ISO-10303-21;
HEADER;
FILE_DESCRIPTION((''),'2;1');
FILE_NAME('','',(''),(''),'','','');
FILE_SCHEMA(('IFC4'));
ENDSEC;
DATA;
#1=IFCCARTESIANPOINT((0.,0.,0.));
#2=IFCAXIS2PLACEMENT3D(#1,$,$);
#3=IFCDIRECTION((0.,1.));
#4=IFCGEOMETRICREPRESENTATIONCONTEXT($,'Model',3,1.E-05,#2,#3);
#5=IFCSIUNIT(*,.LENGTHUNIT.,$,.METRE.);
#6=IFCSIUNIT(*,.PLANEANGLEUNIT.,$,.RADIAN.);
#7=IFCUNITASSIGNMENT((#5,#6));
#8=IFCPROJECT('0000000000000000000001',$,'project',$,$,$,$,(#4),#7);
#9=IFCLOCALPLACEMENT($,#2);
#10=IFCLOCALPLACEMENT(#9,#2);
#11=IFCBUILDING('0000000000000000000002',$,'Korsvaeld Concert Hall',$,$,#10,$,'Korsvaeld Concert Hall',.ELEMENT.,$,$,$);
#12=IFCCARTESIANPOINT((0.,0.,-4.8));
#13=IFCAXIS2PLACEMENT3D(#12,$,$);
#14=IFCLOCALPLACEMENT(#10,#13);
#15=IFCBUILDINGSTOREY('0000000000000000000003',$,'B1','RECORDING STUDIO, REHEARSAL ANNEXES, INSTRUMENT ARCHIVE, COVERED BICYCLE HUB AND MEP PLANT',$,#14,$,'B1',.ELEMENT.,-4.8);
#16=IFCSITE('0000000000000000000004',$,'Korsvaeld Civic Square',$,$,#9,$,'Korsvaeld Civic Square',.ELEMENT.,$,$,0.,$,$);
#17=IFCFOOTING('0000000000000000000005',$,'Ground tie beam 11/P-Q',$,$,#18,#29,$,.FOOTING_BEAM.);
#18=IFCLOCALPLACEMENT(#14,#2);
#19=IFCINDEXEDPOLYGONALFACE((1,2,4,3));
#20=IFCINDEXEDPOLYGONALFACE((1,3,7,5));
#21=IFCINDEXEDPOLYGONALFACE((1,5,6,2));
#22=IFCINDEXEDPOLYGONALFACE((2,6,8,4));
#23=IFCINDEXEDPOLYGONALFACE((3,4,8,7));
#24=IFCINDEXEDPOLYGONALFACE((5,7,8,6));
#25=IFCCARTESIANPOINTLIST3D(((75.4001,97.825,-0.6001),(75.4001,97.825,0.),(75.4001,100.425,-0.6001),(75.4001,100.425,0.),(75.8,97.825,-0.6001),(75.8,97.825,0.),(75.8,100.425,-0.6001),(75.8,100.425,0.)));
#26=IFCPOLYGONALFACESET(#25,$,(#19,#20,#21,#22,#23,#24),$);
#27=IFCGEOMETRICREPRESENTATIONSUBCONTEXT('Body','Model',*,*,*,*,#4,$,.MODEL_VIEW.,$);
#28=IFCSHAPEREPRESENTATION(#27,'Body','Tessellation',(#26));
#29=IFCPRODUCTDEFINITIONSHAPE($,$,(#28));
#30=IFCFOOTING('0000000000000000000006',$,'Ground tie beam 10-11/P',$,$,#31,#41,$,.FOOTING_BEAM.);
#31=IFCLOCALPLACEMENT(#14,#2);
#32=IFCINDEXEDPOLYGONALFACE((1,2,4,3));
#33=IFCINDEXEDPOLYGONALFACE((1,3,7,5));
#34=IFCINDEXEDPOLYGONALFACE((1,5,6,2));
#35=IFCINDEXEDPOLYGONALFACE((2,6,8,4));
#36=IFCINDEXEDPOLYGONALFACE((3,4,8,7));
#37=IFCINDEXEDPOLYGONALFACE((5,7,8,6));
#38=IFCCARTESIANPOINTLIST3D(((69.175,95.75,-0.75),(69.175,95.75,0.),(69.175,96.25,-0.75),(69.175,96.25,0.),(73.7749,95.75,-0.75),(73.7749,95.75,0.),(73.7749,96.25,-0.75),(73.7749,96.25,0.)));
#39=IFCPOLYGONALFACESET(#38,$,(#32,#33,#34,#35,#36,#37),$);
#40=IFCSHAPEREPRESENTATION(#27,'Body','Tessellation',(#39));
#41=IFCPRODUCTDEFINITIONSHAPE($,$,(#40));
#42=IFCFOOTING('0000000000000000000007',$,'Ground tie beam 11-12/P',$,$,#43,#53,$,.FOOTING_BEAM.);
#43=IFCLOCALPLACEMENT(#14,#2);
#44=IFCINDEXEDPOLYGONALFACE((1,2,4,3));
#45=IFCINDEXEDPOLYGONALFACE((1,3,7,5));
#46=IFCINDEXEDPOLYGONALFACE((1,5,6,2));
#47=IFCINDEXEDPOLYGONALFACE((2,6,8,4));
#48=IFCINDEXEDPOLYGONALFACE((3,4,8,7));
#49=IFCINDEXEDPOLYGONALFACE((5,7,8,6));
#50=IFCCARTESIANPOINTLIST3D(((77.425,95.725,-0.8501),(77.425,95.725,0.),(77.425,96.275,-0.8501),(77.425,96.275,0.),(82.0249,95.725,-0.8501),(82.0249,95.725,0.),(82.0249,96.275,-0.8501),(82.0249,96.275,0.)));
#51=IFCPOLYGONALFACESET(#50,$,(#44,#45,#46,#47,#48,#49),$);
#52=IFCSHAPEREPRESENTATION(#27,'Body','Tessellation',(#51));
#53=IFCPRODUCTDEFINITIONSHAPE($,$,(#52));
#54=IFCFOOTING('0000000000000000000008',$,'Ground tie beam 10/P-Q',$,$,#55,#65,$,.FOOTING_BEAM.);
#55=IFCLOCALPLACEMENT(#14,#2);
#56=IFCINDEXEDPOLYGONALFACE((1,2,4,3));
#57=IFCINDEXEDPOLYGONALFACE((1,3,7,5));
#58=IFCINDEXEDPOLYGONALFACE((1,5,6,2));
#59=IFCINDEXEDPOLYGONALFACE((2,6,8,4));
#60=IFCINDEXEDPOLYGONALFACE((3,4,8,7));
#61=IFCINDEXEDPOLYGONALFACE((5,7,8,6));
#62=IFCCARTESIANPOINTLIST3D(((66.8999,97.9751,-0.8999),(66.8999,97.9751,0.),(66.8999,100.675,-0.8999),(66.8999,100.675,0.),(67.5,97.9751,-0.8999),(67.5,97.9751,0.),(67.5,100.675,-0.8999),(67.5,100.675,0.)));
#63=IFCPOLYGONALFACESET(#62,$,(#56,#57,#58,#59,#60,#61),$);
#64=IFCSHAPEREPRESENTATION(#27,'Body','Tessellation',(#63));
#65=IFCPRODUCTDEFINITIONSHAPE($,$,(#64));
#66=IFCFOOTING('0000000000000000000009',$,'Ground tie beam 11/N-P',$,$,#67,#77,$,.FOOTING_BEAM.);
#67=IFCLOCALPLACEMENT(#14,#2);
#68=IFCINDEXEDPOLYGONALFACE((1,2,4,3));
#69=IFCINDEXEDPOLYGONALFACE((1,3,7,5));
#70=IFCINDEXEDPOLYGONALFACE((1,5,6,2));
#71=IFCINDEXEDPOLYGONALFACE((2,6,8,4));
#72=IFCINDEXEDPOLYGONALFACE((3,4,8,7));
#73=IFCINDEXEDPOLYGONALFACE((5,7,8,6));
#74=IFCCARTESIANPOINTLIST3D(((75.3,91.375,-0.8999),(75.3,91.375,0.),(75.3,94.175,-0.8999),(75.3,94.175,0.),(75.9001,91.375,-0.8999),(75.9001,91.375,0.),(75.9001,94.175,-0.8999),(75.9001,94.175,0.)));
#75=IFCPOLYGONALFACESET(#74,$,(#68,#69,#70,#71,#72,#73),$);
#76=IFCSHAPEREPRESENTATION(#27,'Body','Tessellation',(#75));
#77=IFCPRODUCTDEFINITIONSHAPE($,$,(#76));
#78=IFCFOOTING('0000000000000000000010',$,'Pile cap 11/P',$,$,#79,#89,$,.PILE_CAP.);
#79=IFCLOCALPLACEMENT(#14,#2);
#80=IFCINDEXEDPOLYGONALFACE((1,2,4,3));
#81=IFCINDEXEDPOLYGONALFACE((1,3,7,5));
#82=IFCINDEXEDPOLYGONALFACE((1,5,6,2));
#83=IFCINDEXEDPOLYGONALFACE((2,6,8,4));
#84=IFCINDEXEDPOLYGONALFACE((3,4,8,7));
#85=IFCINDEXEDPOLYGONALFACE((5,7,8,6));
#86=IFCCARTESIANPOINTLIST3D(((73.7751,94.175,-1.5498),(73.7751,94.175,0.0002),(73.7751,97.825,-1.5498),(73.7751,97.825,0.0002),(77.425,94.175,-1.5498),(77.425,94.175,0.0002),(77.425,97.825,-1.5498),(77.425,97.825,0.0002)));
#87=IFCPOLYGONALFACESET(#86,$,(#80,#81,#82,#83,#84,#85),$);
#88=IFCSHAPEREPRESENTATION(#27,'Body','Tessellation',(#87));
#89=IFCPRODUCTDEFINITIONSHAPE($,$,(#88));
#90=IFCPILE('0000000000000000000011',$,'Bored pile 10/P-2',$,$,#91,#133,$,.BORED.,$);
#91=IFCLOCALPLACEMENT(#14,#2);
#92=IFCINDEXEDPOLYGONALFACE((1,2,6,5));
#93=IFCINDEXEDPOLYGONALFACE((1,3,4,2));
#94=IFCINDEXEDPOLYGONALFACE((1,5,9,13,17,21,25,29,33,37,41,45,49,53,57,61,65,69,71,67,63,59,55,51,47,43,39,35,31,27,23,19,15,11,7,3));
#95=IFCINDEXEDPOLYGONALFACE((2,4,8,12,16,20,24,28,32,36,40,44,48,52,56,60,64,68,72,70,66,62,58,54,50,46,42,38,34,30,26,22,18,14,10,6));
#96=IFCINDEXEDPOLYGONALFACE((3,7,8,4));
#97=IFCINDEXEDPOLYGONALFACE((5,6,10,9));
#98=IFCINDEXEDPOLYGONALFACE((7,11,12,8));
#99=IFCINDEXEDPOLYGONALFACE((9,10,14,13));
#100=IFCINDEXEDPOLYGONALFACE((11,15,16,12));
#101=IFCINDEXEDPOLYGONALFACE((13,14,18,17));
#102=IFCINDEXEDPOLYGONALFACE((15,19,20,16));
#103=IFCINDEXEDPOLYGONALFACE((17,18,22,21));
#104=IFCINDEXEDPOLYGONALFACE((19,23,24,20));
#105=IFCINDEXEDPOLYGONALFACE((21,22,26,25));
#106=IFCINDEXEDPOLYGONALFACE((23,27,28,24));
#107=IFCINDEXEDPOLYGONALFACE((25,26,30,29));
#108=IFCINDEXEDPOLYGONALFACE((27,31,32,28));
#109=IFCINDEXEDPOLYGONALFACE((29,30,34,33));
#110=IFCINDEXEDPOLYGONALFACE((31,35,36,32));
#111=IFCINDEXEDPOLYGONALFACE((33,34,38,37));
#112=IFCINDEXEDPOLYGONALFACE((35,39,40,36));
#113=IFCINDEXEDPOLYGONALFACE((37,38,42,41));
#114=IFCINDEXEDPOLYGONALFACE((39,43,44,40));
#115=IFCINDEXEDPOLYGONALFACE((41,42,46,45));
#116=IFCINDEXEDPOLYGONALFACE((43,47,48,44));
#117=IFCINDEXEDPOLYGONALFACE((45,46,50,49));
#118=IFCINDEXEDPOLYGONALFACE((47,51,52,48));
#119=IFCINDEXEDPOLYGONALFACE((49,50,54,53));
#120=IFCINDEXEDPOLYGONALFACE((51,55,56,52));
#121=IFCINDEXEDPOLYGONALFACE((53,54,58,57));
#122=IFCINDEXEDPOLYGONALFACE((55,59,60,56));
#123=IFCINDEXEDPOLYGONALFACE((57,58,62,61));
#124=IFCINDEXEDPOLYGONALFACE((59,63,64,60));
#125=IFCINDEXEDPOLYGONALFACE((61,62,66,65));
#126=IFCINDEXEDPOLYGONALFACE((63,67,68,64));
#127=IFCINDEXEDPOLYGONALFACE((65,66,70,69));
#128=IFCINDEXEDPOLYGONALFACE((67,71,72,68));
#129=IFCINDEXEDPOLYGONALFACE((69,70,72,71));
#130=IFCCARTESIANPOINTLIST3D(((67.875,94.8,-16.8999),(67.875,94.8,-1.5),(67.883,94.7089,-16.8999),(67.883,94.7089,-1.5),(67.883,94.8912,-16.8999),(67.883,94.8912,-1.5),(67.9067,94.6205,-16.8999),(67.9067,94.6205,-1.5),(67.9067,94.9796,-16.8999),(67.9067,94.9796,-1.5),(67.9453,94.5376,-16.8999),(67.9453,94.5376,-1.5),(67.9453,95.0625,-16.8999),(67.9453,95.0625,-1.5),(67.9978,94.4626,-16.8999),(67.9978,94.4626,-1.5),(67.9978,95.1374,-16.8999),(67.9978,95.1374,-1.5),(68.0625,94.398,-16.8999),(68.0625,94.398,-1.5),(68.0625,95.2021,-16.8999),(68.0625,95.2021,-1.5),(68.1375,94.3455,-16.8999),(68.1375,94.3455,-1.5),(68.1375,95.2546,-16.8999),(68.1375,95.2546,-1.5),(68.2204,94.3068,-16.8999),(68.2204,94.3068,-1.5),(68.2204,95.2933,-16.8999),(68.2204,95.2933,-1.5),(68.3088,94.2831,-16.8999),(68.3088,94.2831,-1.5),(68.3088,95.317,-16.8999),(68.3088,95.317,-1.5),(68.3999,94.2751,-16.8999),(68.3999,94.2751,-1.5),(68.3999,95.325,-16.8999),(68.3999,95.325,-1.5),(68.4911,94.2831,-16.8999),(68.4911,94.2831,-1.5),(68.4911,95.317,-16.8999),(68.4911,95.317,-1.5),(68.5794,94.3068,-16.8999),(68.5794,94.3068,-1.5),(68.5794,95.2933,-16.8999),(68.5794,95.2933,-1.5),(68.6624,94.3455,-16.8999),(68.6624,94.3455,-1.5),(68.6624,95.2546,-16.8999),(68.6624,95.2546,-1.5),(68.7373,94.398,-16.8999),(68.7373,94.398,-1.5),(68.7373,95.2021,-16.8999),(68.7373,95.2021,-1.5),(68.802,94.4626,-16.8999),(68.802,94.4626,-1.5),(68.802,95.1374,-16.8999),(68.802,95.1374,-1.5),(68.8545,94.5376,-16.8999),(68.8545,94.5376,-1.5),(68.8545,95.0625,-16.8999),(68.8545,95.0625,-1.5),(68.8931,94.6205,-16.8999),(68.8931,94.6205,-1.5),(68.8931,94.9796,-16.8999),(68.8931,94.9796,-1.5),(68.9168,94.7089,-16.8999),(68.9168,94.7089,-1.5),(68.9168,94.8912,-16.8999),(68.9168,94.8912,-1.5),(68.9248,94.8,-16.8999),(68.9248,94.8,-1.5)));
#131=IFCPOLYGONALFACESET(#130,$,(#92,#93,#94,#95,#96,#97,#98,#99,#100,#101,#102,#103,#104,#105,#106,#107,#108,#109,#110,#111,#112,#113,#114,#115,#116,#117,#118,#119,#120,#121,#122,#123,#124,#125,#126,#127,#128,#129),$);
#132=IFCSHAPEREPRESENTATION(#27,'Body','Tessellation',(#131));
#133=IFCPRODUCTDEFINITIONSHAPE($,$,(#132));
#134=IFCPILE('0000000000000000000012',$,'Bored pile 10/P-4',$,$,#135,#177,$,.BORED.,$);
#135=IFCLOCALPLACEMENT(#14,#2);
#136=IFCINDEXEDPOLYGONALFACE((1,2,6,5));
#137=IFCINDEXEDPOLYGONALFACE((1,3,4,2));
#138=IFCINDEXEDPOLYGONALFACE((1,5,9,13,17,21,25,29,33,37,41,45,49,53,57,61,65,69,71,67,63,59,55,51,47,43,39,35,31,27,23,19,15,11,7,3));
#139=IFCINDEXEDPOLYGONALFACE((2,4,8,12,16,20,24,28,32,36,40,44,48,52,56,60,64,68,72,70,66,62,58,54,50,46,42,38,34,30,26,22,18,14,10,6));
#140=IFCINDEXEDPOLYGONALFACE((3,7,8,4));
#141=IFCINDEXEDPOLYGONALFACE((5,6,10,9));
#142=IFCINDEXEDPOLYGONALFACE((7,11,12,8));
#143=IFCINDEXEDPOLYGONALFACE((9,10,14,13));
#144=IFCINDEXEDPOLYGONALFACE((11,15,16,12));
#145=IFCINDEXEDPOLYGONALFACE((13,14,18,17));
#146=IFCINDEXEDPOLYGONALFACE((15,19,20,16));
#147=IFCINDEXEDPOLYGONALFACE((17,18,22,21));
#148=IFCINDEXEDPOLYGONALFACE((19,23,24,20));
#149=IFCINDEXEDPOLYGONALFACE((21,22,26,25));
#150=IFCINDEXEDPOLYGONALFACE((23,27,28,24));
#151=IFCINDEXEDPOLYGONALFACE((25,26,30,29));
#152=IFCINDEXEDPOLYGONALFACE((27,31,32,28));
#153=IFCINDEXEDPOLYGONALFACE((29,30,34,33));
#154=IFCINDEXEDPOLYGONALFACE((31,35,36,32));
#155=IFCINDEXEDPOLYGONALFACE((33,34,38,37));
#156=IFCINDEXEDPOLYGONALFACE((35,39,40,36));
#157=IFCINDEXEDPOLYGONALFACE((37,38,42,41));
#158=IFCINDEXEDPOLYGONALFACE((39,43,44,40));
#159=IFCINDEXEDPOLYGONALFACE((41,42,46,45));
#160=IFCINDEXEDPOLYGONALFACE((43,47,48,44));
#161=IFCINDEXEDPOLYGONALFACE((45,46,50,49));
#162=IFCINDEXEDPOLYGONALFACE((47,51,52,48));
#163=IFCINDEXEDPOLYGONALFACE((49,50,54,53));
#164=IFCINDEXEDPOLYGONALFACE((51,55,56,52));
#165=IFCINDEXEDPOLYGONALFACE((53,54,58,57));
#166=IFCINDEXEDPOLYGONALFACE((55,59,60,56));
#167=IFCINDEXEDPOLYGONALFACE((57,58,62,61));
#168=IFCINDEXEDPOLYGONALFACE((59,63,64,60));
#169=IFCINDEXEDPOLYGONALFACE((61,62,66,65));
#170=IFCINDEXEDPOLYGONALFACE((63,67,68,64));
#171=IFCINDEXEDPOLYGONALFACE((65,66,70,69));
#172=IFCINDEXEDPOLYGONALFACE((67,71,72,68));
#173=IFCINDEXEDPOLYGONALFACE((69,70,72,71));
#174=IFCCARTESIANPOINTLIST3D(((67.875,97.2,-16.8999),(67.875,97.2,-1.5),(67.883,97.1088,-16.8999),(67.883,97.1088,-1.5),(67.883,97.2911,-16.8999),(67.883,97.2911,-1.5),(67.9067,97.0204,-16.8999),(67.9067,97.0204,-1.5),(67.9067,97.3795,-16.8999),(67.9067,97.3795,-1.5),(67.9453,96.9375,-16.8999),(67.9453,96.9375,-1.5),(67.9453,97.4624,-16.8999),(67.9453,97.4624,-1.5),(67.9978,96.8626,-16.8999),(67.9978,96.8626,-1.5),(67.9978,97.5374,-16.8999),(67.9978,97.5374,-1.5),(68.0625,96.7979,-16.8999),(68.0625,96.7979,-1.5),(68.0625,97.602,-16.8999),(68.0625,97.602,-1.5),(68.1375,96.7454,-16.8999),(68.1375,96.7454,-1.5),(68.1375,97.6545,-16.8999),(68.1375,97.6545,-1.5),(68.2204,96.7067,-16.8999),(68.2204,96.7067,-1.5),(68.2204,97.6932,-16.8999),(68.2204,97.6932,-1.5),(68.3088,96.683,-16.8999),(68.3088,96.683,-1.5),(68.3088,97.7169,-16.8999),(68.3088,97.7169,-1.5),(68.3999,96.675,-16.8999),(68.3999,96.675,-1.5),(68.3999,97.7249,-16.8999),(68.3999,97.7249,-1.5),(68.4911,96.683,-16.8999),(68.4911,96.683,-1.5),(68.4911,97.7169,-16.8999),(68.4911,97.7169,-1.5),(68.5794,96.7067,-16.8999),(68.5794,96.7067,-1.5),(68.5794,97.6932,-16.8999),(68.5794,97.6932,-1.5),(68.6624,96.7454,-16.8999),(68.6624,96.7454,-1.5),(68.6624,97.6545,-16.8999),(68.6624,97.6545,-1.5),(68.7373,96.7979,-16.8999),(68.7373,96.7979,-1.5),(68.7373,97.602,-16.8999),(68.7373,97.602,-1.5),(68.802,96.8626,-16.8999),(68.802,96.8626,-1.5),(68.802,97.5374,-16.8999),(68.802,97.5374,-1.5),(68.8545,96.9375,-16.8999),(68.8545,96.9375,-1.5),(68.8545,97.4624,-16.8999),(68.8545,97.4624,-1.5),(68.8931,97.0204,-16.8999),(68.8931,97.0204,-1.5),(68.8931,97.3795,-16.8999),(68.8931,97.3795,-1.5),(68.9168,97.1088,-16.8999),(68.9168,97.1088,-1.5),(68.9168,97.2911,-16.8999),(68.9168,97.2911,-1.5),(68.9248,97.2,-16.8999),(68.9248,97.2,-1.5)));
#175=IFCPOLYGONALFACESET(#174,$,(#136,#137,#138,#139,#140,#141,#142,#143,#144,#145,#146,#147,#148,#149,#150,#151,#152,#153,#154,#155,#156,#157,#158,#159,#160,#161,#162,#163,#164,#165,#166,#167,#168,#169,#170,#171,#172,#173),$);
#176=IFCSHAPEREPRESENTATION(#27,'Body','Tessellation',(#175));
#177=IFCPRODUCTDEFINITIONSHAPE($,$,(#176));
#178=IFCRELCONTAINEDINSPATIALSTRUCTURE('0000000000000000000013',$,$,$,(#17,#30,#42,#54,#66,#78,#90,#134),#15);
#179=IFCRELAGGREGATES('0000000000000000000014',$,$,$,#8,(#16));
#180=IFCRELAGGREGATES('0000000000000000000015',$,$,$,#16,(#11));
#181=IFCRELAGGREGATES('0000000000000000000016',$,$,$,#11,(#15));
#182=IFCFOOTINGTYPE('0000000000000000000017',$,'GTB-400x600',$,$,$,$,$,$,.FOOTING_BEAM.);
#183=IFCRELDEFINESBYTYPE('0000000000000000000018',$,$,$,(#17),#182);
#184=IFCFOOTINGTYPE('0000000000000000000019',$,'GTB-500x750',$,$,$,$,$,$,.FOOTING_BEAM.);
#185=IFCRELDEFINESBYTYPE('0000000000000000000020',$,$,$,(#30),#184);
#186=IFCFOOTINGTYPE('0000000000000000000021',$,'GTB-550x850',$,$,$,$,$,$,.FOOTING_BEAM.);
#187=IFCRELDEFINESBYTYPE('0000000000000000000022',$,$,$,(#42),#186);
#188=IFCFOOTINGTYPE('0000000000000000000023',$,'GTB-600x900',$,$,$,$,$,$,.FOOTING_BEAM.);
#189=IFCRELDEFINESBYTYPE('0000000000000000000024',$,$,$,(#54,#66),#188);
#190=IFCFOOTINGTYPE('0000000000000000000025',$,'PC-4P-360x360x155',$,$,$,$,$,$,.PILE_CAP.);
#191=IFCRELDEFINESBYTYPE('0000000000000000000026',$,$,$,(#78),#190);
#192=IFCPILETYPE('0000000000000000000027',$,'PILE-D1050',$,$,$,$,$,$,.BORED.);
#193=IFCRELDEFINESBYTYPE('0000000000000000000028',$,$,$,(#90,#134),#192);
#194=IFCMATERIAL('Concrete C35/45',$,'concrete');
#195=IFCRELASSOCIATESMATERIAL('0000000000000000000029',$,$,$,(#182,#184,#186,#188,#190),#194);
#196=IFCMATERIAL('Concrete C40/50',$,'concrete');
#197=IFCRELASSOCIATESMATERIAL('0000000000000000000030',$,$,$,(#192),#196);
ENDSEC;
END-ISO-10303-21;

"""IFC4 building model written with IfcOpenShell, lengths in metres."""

from ifc_helpers import new_model, si_unit, direction, frame, origin, origin_2d, place, context, subcontext, project, spatial, rectangle, circle, extrude, material, material_profile, profile_set, type_object, element, save


model = new_model("IFC4")

# Units and contexts
model_context = context("Model", 3, precision=1e-05, world=origin(), true_north=direction((0.0, 1.0)))
body_context = subcontext(model_context, "Body", "Model", "MODEL_VIEW")
ifc_project = project(units=[si_unit("LENGTHUNIT", "METRE"), si_unit("PLANEANGLEUNIT", "RADIAN")], contexts=[model_context])

# Site, building, storey
site_placement = place(None, origin())
site = spatial("IfcSite", under=ifc_project, at=site_placement, Name="Korsvaeld Civic Square", LongName="Korsvaeld Civic Square", CompositionType="ELEMENT", RefElevation=0.0)
building_placement = place(site_placement, origin())
building = spatial("IfcBuilding", under=site, at=building_placement, Name="Korsvaeld Concert Hall", LongName="Korsvaeld Concert Hall", CompositionType="ELEMENT")
storey_placement = place(building_placement, frame((0.0, 0.0, -4.8)))
storey = spatial("IfcBuildingStorey", under=building, at=storey_placement, Name="B1", Description="RECORDING STUDIO, REHEARSAL ANNEXES, INSTRUMENT ARCHIVE, COVERED BICYCLE HUB AND MEP PLANT", LongName="B1", CompositionType="ELEMENT", Elevation=-4.8)

# Footings
ifc_material_1 = material(Name="Concrete C35/45", Category="concrete")
ifc_material_profile_1 = material_profile(ifc_material_1, rectangle(XDim=0.3999, YDim=0.6001, at=origin_2d()), Name="GTB 400x600")
ifc_profile_set_1 = profile_set([ifc_material_profile_1], Name="Concrete C35/45")
footing_type_1 = type_object("IfcFootingType", Name="GTB-400x600", PredefinedType="FOOTING_BEAM", material=ifc_profile_set_1)
footing_1_placement = place(storey_placement, frame((75.6001, 97.825, -0.3), z_axis=(0.0, 1.0, 0.0), x_axis=(-1.0, 0.0, 0.0)))
element("IfcFooting", 1, at=footing_1_placement, inside=storey, type_object=footing_type_1, Name="Ground tie beam 11/P-Q", PredefinedType="FOOTING_BEAM", context=body_context, shape_type="SweptSolid", body=[
    extrude(rectangle(XDim=0.3999, YDim=0.6001, at=origin_2d()), origin(), (0.0, 0.0, 1.0), 2.6001),
])
ifc_material_profile_2 = material_profile(ifc_material_1, rectangle(XDim=0.5, YDim=0.75, at=origin_2d()), Name="GTB 500x750")
ifc_profile_set_2 = profile_set([ifc_material_profile_2], Name="Concrete C35/45")
footing_type_2 = type_object("IfcFootingType", Name="GTB-500x750", PredefinedType="FOOTING_BEAM", material=ifc_profile_set_2)
footing_2_placement = place(storey_placement, frame((69.175, 96.0, -0.375), z_axis=(1.0, 0.0, 0.0), x_axis=(0.0, 1.0, 0.0)))
element("IfcFooting", 2, at=footing_2_placement, inside=storey, type_object=footing_type_2, Name="Ground tie beam 10-11/P", PredefinedType="FOOTING_BEAM", context=body_context, shape_type="SweptSolid", body=[
    extrude(rectangle(XDim=0.5, YDim=0.75, at=origin_2d()), origin(), (0.0, 0.0, 1.0), 4.5999),
])
ifc_material_profile_3 = material_profile(ifc_material_1, rectangle(XDim=0.55, YDim=0.8501, at=origin_2d()), Name="GTB 550x850")
ifc_profile_set_3 = profile_set([ifc_material_profile_3], Name="Concrete C35/45")
footing_type_3 = type_object("IfcFootingType", Name="GTB-550x850", PredefinedType="FOOTING_BEAM", material=ifc_profile_set_3)
footing_3_placement = place(storey_placement, frame((77.425, 96.0, -0.425), z_axis=(1.0, 0.0, 0.0), x_axis=(0.0, 1.0, 0.0)))
element("IfcFooting", 3, at=footing_3_placement, inside=storey, type_object=footing_type_3, Name="Ground tie beam 11-12/P", PredefinedType="FOOTING_BEAM", context=body_context, shape_type="SweptSolid", body=[
    extrude(rectangle(XDim=0.55, YDim=0.8501, at=origin_2d()), origin(), (0.0, 0.0, 1.0), 4.5999),
])
ifc_material_profile_4 = material_profile(ifc_material_1, rectangle(XDim=0.6001, YDim=0.8999, at=origin_2d()), Name="GTB 600x900")
ifc_profile_set_4 = profile_set([ifc_material_profile_4], Name="Concrete C35/45")
footing_type_4 = type_object("IfcFootingType", Name="GTB-600x900", PredefinedType="FOOTING_BEAM", material=ifc_profile_set_4)
footing_4_placement = place(storey_placement, frame((67.2, 97.9751, -0.45), z_axis=(0.0, 1.0, 0.0), x_axis=(-1.0, 0.0, 0.0)))
element("IfcFooting", 4, at=footing_4_placement, inside=storey, type_object=footing_type_4, Name="Ground tie beam 10/P-Q", PredefinedType="FOOTING_BEAM", context=body_context, shape_type="SweptSolid", body=[
    extrude(rectangle(XDim=0.6001, YDim=0.8999, at=origin_2d()), origin(), (0.0, 0.0, 1.0), 2.7),
])
footing_5_placement = place(storey_placement, frame((75.6001, 91.375, -0.45), z_axis=(0.0, 1.0, 0.0), x_axis=(-1.0, 0.0, 0.0)))
element("IfcFooting", 5, at=footing_5_placement, inside=storey, type_object=footing_type_4, Name="Ground tie beam 11/N-P", PredefinedType="FOOTING_BEAM", context=body_context, shape_type="SweptSolid", body=[
    extrude(rectangle(XDim=0.6001, YDim=0.8999, at=origin_2d()), origin(), (0.0, 0.0, 1.0), 2.8),
])
footing_type_5 = type_object("IfcFootingType", Name="PC-4P-360x360x155", PredefinedType="PILE_CAP", material=ifc_material_1)
footing_6_placement = place(storey_placement, frame((75.6001, 96.0, -1.5498), z_axis=(0.0, 0.0, 1.0), x_axis=(1.0, 0.0, 0.0)))
element("IfcFooting", 6, at=footing_6_placement, inside=storey, type_object=footing_type_5, Name="Pile cap 11/P", PredefinedType="PILE_CAP", context=body_context, shape_type="SweptSolid", body=[
    extrude(rectangle(XDim=3.6499, YDim=3.6499, at=origin_2d()), origin(), (0.0, 0.0, 1.0), 1.55),
])

# Piles
ifc_material_2 = material(Name="Concrete C40/50", Category="concrete")
ifc_material_profile_5 = material_profile(ifc_material_2, circle(Radius=0.5249, at=origin_2d()), Name="BORED PILE D1050")
ifc_profile_set_5 = profile_set([ifc_material_profile_5], Name="Concrete C40/50")
pile_type_1 = type_object("IfcPileType", Name="PILE-D1050", PredefinedType="BORED", material=ifc_profile_set_5)
for number, where, z_axis, x_axis, name in (
    (7, (68.3999, 94.8, -1.5), (0.0, 0.0, -1.0), (1.0, 0.0, 0.0), "Bored pile 10/P-2"),
    (8, (68.3999, 97.2, -1.5), (0.0, 0.0, -1.0), (1.0, 0.0, 0.0), "Bored pile 10/P-4"),
):
    element("IfcPile", number, at=place(storey_placement, frame(where, z_axis=z_axis, x_axis=x_axis)), inside=storey, type_object=pile_type_1, Name=name, PredefinedType="BORED", context=body_context, shape_type="SweptSolid", body=[
        extrude(circle(Radius=0.5249, at=origin_2d()), origin(), (0.0, 0.0, 1.0), 15.3999),
    ])

save(model, "model.ifc")
